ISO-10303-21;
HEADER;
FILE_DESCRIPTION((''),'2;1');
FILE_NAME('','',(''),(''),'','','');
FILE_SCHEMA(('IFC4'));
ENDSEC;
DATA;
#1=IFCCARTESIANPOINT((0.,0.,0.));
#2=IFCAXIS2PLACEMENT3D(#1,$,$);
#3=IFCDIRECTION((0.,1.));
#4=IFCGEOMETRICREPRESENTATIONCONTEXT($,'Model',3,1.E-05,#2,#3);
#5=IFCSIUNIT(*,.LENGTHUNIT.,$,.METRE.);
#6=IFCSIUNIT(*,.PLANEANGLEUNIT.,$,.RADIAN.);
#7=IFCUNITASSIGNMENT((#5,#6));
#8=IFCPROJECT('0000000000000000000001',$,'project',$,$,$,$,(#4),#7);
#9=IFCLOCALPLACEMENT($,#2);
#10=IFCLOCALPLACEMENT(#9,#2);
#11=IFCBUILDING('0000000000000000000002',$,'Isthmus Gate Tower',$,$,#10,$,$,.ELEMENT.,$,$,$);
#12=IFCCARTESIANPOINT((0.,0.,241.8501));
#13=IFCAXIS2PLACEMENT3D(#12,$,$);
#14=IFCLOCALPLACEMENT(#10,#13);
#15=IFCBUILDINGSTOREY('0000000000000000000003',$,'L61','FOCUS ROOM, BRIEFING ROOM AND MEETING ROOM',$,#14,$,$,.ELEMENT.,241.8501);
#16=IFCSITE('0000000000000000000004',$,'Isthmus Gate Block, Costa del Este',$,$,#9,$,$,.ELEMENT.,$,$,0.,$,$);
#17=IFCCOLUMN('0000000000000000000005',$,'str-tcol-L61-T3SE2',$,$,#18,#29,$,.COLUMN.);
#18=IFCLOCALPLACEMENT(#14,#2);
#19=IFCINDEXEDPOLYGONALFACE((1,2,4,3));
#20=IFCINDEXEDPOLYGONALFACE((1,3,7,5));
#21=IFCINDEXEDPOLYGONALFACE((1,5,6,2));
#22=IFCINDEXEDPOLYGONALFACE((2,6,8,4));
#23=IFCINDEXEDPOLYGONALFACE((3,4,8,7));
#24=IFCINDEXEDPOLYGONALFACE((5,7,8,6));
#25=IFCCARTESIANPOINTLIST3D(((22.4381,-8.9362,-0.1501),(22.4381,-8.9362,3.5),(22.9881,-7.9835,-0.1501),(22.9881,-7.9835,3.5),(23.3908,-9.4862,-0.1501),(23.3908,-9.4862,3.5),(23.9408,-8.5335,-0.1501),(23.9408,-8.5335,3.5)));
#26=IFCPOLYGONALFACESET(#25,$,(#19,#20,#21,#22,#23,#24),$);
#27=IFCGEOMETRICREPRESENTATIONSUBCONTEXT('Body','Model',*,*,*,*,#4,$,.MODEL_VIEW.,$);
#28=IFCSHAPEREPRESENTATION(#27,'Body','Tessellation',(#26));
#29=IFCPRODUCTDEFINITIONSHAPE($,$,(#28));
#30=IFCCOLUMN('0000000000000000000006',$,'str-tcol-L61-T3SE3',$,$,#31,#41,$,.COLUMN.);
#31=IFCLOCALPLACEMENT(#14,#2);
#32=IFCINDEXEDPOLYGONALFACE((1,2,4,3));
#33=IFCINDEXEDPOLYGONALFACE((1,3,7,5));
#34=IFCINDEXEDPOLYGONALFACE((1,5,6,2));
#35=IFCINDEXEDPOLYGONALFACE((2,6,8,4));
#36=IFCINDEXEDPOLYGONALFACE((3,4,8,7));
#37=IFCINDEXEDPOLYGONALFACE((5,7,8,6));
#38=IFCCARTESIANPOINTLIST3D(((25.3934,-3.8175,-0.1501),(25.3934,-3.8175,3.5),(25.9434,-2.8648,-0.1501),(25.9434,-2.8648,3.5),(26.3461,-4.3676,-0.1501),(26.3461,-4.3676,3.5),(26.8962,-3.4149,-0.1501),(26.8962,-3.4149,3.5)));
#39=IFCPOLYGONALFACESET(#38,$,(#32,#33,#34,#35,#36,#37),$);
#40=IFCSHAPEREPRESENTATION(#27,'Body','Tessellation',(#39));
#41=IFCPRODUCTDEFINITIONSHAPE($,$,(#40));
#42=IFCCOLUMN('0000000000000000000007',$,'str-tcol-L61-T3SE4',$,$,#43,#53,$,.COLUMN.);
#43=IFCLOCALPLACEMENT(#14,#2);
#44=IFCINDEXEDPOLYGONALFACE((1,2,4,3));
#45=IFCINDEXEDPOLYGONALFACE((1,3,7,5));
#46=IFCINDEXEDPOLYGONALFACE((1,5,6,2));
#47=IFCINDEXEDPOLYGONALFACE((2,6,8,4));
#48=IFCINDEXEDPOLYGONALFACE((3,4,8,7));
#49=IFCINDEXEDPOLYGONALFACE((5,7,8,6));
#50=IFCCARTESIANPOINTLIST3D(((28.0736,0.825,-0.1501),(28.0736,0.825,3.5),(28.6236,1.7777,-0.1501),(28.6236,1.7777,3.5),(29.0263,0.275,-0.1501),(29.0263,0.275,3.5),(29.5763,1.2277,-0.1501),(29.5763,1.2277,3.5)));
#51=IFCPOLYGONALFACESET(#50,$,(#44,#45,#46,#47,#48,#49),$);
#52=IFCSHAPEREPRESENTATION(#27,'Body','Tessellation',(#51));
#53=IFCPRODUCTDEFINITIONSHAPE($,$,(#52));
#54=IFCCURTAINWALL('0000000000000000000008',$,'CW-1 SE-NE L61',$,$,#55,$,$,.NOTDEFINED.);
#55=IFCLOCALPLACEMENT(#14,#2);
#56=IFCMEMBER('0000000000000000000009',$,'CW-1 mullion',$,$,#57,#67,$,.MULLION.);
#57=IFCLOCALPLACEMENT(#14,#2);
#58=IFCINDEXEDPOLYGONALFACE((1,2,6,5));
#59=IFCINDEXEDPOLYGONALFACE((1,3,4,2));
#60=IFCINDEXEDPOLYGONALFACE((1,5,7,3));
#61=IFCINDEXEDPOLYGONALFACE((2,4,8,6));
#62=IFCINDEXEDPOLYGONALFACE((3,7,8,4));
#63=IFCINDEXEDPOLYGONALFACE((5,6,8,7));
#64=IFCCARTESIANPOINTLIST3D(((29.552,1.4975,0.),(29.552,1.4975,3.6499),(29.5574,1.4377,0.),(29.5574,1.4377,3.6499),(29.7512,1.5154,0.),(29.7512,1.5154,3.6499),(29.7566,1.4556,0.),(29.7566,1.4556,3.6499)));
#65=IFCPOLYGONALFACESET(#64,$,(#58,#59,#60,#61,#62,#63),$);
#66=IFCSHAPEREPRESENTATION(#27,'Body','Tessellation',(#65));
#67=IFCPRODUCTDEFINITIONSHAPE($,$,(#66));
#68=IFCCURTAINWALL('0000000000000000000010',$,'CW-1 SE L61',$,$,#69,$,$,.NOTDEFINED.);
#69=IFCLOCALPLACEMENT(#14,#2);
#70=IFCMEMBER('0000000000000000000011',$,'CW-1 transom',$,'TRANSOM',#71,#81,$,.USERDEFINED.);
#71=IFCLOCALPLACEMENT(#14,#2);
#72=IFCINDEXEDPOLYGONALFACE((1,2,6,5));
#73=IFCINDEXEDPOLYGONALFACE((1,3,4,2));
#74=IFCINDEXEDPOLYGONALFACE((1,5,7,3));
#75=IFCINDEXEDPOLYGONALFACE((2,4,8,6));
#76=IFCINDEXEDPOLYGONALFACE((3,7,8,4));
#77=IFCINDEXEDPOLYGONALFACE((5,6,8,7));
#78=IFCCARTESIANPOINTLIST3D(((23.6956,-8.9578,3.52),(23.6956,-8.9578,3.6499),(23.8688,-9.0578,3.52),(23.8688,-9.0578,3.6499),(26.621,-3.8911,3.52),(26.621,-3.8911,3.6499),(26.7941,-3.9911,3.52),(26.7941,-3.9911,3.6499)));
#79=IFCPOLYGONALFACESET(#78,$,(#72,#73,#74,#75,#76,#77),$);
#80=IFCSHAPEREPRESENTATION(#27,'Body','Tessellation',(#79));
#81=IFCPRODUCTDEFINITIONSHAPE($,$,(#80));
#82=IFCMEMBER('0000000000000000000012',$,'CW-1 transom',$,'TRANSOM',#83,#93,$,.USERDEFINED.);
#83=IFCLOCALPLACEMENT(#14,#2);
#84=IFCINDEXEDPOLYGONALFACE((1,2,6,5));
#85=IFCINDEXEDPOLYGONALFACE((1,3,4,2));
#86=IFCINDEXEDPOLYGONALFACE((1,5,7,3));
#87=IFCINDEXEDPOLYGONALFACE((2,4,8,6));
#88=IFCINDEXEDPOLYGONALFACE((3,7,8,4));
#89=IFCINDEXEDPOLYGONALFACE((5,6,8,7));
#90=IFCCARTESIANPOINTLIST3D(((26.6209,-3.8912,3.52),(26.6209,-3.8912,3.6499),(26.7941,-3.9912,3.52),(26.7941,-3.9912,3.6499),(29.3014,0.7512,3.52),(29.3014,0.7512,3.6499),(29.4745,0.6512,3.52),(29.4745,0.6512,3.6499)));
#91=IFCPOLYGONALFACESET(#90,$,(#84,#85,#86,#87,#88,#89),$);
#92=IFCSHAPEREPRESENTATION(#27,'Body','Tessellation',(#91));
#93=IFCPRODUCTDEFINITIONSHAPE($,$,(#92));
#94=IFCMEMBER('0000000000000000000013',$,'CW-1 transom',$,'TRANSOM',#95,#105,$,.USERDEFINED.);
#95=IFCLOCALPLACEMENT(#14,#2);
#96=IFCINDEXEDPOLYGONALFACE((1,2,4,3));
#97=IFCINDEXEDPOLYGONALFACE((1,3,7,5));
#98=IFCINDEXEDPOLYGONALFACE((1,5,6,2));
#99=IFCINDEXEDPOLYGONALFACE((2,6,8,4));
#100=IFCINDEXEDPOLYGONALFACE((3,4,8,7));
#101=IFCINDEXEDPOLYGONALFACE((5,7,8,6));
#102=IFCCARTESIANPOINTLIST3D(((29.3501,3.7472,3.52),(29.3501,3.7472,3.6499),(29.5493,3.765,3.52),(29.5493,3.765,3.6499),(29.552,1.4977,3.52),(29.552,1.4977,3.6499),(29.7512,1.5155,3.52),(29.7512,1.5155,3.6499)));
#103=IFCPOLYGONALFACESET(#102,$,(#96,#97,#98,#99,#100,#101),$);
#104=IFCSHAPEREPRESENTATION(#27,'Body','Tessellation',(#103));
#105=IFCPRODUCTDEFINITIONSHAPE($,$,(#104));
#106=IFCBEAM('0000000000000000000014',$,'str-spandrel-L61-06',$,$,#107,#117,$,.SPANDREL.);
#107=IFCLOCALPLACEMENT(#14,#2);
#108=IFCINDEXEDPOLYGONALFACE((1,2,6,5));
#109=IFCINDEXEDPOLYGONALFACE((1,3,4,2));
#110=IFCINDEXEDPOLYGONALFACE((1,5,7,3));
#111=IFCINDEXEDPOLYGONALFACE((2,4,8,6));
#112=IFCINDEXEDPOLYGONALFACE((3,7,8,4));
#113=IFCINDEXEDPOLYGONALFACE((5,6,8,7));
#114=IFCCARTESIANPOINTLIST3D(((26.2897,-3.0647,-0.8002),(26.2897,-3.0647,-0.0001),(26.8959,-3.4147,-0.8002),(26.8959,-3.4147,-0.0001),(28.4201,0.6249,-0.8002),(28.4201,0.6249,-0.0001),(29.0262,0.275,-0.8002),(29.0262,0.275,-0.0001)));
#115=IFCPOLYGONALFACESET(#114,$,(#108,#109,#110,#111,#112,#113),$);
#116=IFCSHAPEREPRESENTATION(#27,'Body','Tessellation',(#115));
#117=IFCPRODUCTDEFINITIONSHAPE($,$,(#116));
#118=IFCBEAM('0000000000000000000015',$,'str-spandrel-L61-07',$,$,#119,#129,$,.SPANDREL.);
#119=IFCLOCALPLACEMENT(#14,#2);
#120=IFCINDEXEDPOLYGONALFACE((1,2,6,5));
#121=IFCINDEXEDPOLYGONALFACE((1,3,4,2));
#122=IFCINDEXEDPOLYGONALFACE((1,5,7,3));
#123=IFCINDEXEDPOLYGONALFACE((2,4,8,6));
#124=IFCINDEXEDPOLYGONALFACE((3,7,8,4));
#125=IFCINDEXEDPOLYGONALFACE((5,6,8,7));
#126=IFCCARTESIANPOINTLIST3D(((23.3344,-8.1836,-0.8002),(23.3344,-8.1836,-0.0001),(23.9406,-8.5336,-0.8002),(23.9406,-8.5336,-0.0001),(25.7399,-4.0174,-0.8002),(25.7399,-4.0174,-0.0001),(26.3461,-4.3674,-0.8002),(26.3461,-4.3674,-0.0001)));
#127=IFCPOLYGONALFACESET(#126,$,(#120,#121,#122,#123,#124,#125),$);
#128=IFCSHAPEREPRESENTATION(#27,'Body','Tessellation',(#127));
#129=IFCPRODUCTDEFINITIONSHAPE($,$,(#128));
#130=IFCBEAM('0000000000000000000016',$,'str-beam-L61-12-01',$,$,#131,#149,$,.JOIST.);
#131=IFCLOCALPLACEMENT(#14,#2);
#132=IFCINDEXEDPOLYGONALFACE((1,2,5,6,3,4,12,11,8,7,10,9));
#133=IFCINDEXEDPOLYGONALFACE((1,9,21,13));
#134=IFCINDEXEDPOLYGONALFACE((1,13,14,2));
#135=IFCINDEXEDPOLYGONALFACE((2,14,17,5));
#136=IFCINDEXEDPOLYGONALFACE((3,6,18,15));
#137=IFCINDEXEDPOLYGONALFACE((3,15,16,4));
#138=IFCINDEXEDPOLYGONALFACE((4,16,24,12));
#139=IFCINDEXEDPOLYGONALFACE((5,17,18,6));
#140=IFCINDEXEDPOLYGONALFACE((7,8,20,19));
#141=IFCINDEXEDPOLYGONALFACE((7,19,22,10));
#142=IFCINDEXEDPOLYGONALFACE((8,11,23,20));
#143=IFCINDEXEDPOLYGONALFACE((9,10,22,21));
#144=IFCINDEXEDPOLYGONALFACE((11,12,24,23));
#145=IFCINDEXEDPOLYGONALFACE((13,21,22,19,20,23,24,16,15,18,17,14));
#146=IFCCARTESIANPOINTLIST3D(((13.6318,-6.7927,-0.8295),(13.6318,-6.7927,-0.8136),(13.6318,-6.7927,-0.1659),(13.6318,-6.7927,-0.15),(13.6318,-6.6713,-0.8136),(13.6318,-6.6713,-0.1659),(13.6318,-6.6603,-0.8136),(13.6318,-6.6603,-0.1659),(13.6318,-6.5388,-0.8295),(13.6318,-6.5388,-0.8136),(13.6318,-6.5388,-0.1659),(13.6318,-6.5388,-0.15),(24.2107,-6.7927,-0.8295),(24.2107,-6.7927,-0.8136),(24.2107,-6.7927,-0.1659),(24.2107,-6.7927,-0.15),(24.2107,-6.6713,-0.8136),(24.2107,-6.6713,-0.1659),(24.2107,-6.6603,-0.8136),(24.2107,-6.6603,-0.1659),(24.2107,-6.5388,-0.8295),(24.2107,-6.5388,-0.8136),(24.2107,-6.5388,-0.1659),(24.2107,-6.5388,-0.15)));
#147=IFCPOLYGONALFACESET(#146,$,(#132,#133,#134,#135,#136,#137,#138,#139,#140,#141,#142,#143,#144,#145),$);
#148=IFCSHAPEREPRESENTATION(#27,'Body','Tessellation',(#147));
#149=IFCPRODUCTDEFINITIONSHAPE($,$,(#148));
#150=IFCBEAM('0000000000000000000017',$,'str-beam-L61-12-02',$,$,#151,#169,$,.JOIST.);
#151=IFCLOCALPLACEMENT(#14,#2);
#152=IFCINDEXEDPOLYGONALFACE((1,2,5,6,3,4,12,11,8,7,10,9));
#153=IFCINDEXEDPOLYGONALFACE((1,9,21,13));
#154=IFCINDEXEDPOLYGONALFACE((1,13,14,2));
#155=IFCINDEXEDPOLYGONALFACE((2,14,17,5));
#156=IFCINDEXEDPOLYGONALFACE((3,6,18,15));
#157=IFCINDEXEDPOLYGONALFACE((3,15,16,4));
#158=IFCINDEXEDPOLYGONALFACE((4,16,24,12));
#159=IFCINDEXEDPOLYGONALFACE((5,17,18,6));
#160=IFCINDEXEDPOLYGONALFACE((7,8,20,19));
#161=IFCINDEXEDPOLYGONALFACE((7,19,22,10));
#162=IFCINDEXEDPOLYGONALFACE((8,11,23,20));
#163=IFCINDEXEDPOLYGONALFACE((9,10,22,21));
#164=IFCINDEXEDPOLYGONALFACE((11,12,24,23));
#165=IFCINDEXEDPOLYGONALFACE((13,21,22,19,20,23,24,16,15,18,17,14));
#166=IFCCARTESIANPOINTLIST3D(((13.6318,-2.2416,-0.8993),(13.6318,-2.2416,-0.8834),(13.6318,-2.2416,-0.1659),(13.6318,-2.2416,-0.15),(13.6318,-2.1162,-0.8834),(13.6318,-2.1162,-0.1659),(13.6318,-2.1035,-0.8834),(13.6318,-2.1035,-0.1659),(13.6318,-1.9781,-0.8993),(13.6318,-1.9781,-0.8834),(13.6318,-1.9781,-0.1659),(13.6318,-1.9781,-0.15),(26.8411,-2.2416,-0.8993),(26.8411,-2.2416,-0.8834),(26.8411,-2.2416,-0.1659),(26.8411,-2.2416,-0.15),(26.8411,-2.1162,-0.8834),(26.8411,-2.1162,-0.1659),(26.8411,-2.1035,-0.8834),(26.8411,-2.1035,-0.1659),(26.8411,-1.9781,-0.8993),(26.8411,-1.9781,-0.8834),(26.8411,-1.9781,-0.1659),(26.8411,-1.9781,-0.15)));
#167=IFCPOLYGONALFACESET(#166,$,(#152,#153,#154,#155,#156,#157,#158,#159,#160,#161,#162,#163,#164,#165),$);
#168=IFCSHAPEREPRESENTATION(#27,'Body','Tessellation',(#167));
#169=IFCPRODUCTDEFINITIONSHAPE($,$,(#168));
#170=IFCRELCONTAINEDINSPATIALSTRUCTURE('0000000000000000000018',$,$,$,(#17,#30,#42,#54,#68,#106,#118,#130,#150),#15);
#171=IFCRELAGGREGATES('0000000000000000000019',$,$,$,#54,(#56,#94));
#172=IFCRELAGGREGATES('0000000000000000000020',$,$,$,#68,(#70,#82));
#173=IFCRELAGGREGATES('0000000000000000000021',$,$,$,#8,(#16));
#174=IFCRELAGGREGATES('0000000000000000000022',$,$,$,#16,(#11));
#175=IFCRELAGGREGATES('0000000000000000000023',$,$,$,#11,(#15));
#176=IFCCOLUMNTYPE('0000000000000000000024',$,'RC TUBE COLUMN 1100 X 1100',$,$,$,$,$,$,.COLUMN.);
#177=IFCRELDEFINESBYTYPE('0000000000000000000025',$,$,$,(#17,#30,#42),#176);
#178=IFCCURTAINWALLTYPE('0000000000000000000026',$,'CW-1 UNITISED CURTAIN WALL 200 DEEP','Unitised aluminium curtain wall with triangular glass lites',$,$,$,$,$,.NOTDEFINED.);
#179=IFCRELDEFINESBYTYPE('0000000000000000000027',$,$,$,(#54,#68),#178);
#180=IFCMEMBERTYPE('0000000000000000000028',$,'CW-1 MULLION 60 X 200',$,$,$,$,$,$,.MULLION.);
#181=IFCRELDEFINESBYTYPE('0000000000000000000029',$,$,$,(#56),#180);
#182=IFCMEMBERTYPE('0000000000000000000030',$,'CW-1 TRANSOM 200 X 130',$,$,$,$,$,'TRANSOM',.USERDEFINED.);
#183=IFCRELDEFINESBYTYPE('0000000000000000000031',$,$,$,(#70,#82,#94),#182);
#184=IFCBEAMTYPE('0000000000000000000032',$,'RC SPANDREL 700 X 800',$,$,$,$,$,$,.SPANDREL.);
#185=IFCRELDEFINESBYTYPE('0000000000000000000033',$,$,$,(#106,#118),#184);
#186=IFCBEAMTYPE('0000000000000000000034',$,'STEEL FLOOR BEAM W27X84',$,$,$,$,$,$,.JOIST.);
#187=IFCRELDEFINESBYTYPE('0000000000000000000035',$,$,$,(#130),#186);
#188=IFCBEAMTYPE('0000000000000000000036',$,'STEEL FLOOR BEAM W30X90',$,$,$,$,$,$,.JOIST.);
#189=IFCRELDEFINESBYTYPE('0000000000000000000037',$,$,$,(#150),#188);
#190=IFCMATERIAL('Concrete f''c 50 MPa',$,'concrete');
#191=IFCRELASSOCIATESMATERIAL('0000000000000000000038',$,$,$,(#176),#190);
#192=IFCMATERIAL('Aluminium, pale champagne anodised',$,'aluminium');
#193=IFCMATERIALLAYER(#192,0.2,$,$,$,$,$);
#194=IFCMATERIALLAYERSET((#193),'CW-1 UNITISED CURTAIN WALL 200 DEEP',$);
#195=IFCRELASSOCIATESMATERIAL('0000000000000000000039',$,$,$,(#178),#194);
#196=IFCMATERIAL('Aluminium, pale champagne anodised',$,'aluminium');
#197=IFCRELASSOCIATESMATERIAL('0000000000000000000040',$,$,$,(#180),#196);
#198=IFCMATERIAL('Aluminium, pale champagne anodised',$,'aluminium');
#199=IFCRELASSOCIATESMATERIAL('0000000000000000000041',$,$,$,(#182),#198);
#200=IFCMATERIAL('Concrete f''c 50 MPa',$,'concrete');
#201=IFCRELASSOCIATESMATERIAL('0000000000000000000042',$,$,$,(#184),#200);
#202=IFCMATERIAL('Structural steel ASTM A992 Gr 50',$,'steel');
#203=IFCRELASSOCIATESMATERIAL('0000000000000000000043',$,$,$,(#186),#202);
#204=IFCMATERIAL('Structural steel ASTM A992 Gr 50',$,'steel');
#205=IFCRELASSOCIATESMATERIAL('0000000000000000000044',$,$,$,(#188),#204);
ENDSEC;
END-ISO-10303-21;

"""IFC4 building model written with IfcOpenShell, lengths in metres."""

from ifc_helpers import new_model, si_unit, direction, frame, origin, origin_2d, place, context, subcontext, project, spatial, rectangle, i_section, extrude, material, layer, layer_set, material_profile, profile_set, type_object, element, aggregate, save


model = new_model("IFC4")

# Units and contexts
model_context = context("Model", 3, precision=1e-05, world=origin(), true_north=direction((0.0, 1.0)))
body_context = subcontext(model_context, "Body", "Model", "MODEL_VIEW")
ifc_project = project(units=[si_unit("LENGTHUNIT", "METRE"), si_unit("PLANEANGLEUNIT", "RADIAN")], contexts=[model_context])

# Site, building, storey
site_placement = place(None, origin())
site = spatial("IfcSite", under=ifc_project, at=site_placement, Name="Isthmus Gate Block, Costa del Este", CompositionType="ELEMENT", RefElevation=0.0)
building_placement = place(site_placement, origin())
building = spatial("IfcBuilding", under=site, at=building_placement, Name="Isthmus Gate Tower", CompositionType="ELEMENT")
storey_placement = place(building_placement, frame((0.0, 0.0, 241.8501)))
storey = spatial("IfcBuildingStorey", under=building, at=storey_placement, Name="L61", Description="FOCUS ROOM, BRIEFING ROOM AND MEETING ROOM", CompositionType="ELEMENT", Elevation=241.8501)

# Columns
ifc_material_1 = material(Name="Concrete f'c 50 MPa", Category="concrete")
ifc_material_profile_1 = material_profile(ifc_material_1, rectangle(XDim=1.1001, YDim=1.1001, at=origin_2d()), Name="RC 1100X1100")
ifc_profile_set_1 = profile_set([ifc_material_profile_1], Name="Concrete f'c 50 MPa")
column_type = type_object("IfcColumnType", Name="RC TUBE COLUMN 1100 X 1100", PredefinedType="COLUMN", material=ifc_profile_set_1)
for number, where, z_axis, x_axis, name in (
    (1, (23.1895, -8.7349, -0.1501), (0.0, 0.0, 1.0), (0.5, 0.866025, 0.0), "str-tcol-L61-T3SE2"),
    (2, (26.1448, -3.6162, -0.1501), (0.0, 0.0, 1.0), (0.5, 0.866025, 0.0), "str-tcol-L61-T3SE3"),
    (3, (28.825, 1.0264, -0.1501), (0.0, 0.0, 1.0), (0.5, 0.866025, 0.0), "str-tcol-L61-T3SE4"),
):
    element("IfcColumn", number, at=place(storey_placement, frame(where, z_axis=z_axis, x_axis=x_axis)), inside=storey, type_object=column_type, Name=name, PredefinedType="COLUMN", context=body_context, shape_type="SweptSolid", body=[
        extrude(rectangle(XDim=1.1001, YDim=1.1001, at=origin_2d()), origin(), (0.0, 0.0, 1.0), 3.6501),
    ])

# Curtain wall, member
ifc_material_2 = material(Name="Aluminium, pale champagne anodised", Category="aluminium")
ifc_layer_1 = layer(ifc_material_2, 0.2)
ifc_layer_set_1 = layer_set([ifc_layer_1], Name="CW-1 UNITISED CURTAIN WALL 200 DEEP")
curtain_wall_type = type_object("IfcCurtainWallType", Name="CW-1 UNITISED CURTAIN WALL 200 DEEP", Description="Unitised aluminium curtain wall with triangular glass lites", PredefinedType="NOTDEFINED", material=ifc_layer_set_1)
curtain_wall_1_placement = place(storey_placement, origin())
curtain_wall_1 = element("IfcCurtainWall", 4, at=curtain_wall_1_placement, inside=storey, type_object=curtain_wall_type, Name="CW-1 SE-NE L61", PredefinedType="NOTDEFINED")
ifc_material_3 = material(Name="Aluminium, pale champagne anodised", Category="aluminium")
ifc_material_profile_2 = material_profile(ifc_material_3, rectangle(XDim=0.0601, YDim=0.2, at=origin_2d()), Name="60x200")
ifc_profile_set_2 = profile_set([ifc_material_profile_2], Name="Aluminium, pale champagne anodised")
member_type_1 = type_object("IfcMemberType", Name="CW-1 MULLION 60 X 200", PredefinedType="MULLION", material=ifc_profile_set_2)
member_1_placement = place(storey_placement, frame((29.6543, 1.4766, 0.0), z_axis=(0.0, 0.0, 1.0), x_axis=(-0.089397, 0.995996, 0.0)))
member_1 = element("IfcMember", 5, at=member_1_placement, type_object=member_type_1, Name="CW-1 mullion", PredefinedType="MULLION", context=body_context, shape_type="SweptSolid", body=[
    extrude(rectangle(XDim=0.0601, YDim=0.2, at=origin_2d()), origin(), (0.0, 0.0, 1.0), 3.6499),
])

# Curtain wall, members
curtain_wall_2_placement = place(storey_placement, origin())
curtain_wall_2 = element("IfcCurtainWall", 6, at=curtain_wall_2_placement, inside=storey, type_object=curtain_wall_type, Name="CW-1 SE L61", PredefinedType="NOTDEFINED")
ifc_material_4 = material(Name="Aluminium, pale champagne anodised", Category="aluminium")
ifc_material_profile_3 = material_profile(ifc_material_4, rectangle(XDim=0.2, YDim=0.1299, at=origin_2d()), Name="200x130")
ifc_profile_set_3 = profile_set([ifc_material_profile_3], Name="Aluminium, pale champagne anodised")
member_type_2 = type_object("IfcMemberType", Name="CW-1 TRANSOM 200 X 130", ElementType="TRANSOM", PredefinedType="USERDEFINED", material=ifc_profile_set_3)
member_2_placement = place(storey_placement, frame((23.7822, -9.0078, 3.585), z_axis=(0.500008, 0.866021, 0.0), x_axis=(-0.866021, 0.500008, 0.0)))
member_2 = element("IfcMember", 7, at=member_2_placement, type_object=member_type_2, Name="CW-1 transom", ObjectType="TRANSOM", PredefinedType="USERDEFINED", context=body_context, shape_type="SweptSolid", body=[
    extrude(rectangle(XDim=0.2, YDim=0.1299, at=origin_2d()), origin(), (0.0, 0.0, 1.0), 5.8506),
])
member_3_placement = place(storey_placement, frame((26.7075, -3.9412, 3.585), z_axis=(0.500023, 0.866012, 0.0), x_axis=(-0.866012, 0.500023, 0.0)))
member_3 = element("IfcMember", 8, at=member_3_placement, type_object=member_type_2, Name="CW-1 transom", ObjectType="TRANSOM", PredefinedType="USERDEFINED", context=body_context, shape_type="SweptSolid", body=[
    extrude(rectangle(XDim=0.2, YDim=0.1299, at=origin_2d()), origin(), (0.0, 0.0, 1.0), 5.3606),
])

# Member
member_4_placement = place(storey_placement, frame((29.6516, 1.5066, 3.585), z_axis=(-0.089395, 0.995996, 0.0), x_axis=(-0.995996, -0.089395, 0.0)))
member_4 = element("IfcMember", 9, at=member_4_placement, type_object=member_type_2, Name="CW-1 transom", ObjectType="TRANSOM", PredefinedType="USERDEFINED", context=body_context, shape_type="SweptSolid", body=[
    extrude(rectangle(XDim=0.2, YDim=0.1299, at=origin_2d()), origin(), (0.0, 0.0, 1.0), 2.2585),
])
aggregate(curtain_wall_1, [member_1, member_4])

# Beams
ifc_material_5 = material(Name="Concrete f'c 50 MPa", Category="concrete")
ifc_material_profile_4 = material_profile(ifc_material_5, rectangle(XDim=0.7, YDim=0.8, at=origin_2d()), Name="RC 700X800")
ifc_profile_set_4 = profile_set([ifc_material_profile_4], Name="Concrete f'c 50 MPa")
beam_type_1 = type_object("IfcBeamType", Name="RC SPANDREL 700 X 800", PredefinedType="SPANDREL", material=ifc_profile_set_4)
beam_1_placement = place(storey_placement, frame((28.7231, 0.45, -0.4001), z_axis=(-0.500022, -0.866013, 0.0), x_axis=(0.866013, -0.500022, 0.0)))
element("IfcBeam", 10, at=beam_1_placement, inside=storey, type_object=beam_type_1, Name="str-spandrel-L61-06", PredefinedType="SPANDREL", context=body_context, shape_type="SweptSolid", body=[
    extrude(rectangle(XDim=0.7, YDim=0.8, at=origin_2d()), origin(), (0.0, 0.0, 1.0), 4.2605),
])
beam_2_placement = place(storey_placement, frame((26.043, -4.1924, -0.4001), z_axis=(-0.50002, -0.866014, 0.0), x_axis=(0.866014, -0.50002, 0.0)))
element("IfcBeam", 11, at=beam_2_placement, inside=storey, type_object=beam_type_1, Name="str-spandrel-L61-07", PredefinedType="SPANDREL", context=body_context, shape_type="SweptSolid", body=[
    extrude(rectangle(XDim=0.7, YDim=0.8, at=origin_2d()), origin(), (0.0, 0.0, 1.0), 4.8108),
])
ifc_material_6 = material(Name="Structural steel ASTM A992 Gr 50", Category="steel")
ifc_material_profile_5 = material_profile(ifc_material_6, i_section(OverallWidth=0.2539, OverallDepth=0.6794, WebThickness=0.011, FlangeThickness=0.0159, at=origin_2d()), Name="W27X84")
ifc_profile_set_5 = profile_set([ifc_material_profile_5], Name="Structural steel ASTM A992 Gr 50")
beam_type_2 = type_object("IfcBeamType", Name="STEEL FLOOR BEAM W27X84", PredefinedType="JOIST", material=ifc_profile_set_5)
beam_3_placement = place(storey_placement, frame((13.6318, -6.6658, -0.4897), z_axis=(1.0, 0.0, 0.0), x_axis=(0.0, 1.0, 0.0)))
element("IfcBeam", 12, at=beam_3_placement, inside=storey, type_object=beam_type_2, Name="str-beam-L61-12-01", PredefinedType="JOIST", context=body_context, shape_type="SweptSolid", body=[
    extrude(i_section(OverallWidth=0.2539, OverallDepth=0.6794, WebThickness=0.011, FlangeThickness=0.0159, at=origin_2d()), origin(), (0.0, 0.0, 1.0), 10.5789),
])
ifc_material_7 = material(Name="Structural steel ASTM A992 Gr 50", Category="steel")
ifc_material_profile_6 = material_profile(ifc_material_7, i_section(OverallWidth=0.2634, OverallDepth=0.7493, WebThickness=0.0127, FlangeThickness=0.0159, at=origin_2d()), Name="W30X90")
ifc_profile_set_6 = profile_set([ifc_material_profile_6], Name="Structural steel ASTM A992 Gr 50")
beam_type_3 = type_object("IfcBeamType", Name="STEEL FLOOR BEAM W30X90", PredefinedType="JOIST", material=ifc_profile_set_6)
beam_4_placement = place(storey_placement, frame((13.6318, -2.1099, -0.5247), z_axis=(1.0, 0.0, 0.0), x_axis=(0.0, 1.0, 0.0)))
element("IfcBeam", 13, at=beam_4_placement, inside=storey, type_object=beam_type_3, Name="str-beam-L61-12-02", PredefinedType="JOIST", context=body_context, shape_type="SweptSolid", body=[
    extrude(i_section(OverallWidth=0.2634, OverallDepth=0.7493, WebThickness=0.0127, FlangeThickness=0.0159, at=origin_2d()), origin(), (0.0, 0.0, 1.0), 13.2092),
])

aggregate(curtain_wall_2, [member_2, member_3])

save(model, "model.ifc")
